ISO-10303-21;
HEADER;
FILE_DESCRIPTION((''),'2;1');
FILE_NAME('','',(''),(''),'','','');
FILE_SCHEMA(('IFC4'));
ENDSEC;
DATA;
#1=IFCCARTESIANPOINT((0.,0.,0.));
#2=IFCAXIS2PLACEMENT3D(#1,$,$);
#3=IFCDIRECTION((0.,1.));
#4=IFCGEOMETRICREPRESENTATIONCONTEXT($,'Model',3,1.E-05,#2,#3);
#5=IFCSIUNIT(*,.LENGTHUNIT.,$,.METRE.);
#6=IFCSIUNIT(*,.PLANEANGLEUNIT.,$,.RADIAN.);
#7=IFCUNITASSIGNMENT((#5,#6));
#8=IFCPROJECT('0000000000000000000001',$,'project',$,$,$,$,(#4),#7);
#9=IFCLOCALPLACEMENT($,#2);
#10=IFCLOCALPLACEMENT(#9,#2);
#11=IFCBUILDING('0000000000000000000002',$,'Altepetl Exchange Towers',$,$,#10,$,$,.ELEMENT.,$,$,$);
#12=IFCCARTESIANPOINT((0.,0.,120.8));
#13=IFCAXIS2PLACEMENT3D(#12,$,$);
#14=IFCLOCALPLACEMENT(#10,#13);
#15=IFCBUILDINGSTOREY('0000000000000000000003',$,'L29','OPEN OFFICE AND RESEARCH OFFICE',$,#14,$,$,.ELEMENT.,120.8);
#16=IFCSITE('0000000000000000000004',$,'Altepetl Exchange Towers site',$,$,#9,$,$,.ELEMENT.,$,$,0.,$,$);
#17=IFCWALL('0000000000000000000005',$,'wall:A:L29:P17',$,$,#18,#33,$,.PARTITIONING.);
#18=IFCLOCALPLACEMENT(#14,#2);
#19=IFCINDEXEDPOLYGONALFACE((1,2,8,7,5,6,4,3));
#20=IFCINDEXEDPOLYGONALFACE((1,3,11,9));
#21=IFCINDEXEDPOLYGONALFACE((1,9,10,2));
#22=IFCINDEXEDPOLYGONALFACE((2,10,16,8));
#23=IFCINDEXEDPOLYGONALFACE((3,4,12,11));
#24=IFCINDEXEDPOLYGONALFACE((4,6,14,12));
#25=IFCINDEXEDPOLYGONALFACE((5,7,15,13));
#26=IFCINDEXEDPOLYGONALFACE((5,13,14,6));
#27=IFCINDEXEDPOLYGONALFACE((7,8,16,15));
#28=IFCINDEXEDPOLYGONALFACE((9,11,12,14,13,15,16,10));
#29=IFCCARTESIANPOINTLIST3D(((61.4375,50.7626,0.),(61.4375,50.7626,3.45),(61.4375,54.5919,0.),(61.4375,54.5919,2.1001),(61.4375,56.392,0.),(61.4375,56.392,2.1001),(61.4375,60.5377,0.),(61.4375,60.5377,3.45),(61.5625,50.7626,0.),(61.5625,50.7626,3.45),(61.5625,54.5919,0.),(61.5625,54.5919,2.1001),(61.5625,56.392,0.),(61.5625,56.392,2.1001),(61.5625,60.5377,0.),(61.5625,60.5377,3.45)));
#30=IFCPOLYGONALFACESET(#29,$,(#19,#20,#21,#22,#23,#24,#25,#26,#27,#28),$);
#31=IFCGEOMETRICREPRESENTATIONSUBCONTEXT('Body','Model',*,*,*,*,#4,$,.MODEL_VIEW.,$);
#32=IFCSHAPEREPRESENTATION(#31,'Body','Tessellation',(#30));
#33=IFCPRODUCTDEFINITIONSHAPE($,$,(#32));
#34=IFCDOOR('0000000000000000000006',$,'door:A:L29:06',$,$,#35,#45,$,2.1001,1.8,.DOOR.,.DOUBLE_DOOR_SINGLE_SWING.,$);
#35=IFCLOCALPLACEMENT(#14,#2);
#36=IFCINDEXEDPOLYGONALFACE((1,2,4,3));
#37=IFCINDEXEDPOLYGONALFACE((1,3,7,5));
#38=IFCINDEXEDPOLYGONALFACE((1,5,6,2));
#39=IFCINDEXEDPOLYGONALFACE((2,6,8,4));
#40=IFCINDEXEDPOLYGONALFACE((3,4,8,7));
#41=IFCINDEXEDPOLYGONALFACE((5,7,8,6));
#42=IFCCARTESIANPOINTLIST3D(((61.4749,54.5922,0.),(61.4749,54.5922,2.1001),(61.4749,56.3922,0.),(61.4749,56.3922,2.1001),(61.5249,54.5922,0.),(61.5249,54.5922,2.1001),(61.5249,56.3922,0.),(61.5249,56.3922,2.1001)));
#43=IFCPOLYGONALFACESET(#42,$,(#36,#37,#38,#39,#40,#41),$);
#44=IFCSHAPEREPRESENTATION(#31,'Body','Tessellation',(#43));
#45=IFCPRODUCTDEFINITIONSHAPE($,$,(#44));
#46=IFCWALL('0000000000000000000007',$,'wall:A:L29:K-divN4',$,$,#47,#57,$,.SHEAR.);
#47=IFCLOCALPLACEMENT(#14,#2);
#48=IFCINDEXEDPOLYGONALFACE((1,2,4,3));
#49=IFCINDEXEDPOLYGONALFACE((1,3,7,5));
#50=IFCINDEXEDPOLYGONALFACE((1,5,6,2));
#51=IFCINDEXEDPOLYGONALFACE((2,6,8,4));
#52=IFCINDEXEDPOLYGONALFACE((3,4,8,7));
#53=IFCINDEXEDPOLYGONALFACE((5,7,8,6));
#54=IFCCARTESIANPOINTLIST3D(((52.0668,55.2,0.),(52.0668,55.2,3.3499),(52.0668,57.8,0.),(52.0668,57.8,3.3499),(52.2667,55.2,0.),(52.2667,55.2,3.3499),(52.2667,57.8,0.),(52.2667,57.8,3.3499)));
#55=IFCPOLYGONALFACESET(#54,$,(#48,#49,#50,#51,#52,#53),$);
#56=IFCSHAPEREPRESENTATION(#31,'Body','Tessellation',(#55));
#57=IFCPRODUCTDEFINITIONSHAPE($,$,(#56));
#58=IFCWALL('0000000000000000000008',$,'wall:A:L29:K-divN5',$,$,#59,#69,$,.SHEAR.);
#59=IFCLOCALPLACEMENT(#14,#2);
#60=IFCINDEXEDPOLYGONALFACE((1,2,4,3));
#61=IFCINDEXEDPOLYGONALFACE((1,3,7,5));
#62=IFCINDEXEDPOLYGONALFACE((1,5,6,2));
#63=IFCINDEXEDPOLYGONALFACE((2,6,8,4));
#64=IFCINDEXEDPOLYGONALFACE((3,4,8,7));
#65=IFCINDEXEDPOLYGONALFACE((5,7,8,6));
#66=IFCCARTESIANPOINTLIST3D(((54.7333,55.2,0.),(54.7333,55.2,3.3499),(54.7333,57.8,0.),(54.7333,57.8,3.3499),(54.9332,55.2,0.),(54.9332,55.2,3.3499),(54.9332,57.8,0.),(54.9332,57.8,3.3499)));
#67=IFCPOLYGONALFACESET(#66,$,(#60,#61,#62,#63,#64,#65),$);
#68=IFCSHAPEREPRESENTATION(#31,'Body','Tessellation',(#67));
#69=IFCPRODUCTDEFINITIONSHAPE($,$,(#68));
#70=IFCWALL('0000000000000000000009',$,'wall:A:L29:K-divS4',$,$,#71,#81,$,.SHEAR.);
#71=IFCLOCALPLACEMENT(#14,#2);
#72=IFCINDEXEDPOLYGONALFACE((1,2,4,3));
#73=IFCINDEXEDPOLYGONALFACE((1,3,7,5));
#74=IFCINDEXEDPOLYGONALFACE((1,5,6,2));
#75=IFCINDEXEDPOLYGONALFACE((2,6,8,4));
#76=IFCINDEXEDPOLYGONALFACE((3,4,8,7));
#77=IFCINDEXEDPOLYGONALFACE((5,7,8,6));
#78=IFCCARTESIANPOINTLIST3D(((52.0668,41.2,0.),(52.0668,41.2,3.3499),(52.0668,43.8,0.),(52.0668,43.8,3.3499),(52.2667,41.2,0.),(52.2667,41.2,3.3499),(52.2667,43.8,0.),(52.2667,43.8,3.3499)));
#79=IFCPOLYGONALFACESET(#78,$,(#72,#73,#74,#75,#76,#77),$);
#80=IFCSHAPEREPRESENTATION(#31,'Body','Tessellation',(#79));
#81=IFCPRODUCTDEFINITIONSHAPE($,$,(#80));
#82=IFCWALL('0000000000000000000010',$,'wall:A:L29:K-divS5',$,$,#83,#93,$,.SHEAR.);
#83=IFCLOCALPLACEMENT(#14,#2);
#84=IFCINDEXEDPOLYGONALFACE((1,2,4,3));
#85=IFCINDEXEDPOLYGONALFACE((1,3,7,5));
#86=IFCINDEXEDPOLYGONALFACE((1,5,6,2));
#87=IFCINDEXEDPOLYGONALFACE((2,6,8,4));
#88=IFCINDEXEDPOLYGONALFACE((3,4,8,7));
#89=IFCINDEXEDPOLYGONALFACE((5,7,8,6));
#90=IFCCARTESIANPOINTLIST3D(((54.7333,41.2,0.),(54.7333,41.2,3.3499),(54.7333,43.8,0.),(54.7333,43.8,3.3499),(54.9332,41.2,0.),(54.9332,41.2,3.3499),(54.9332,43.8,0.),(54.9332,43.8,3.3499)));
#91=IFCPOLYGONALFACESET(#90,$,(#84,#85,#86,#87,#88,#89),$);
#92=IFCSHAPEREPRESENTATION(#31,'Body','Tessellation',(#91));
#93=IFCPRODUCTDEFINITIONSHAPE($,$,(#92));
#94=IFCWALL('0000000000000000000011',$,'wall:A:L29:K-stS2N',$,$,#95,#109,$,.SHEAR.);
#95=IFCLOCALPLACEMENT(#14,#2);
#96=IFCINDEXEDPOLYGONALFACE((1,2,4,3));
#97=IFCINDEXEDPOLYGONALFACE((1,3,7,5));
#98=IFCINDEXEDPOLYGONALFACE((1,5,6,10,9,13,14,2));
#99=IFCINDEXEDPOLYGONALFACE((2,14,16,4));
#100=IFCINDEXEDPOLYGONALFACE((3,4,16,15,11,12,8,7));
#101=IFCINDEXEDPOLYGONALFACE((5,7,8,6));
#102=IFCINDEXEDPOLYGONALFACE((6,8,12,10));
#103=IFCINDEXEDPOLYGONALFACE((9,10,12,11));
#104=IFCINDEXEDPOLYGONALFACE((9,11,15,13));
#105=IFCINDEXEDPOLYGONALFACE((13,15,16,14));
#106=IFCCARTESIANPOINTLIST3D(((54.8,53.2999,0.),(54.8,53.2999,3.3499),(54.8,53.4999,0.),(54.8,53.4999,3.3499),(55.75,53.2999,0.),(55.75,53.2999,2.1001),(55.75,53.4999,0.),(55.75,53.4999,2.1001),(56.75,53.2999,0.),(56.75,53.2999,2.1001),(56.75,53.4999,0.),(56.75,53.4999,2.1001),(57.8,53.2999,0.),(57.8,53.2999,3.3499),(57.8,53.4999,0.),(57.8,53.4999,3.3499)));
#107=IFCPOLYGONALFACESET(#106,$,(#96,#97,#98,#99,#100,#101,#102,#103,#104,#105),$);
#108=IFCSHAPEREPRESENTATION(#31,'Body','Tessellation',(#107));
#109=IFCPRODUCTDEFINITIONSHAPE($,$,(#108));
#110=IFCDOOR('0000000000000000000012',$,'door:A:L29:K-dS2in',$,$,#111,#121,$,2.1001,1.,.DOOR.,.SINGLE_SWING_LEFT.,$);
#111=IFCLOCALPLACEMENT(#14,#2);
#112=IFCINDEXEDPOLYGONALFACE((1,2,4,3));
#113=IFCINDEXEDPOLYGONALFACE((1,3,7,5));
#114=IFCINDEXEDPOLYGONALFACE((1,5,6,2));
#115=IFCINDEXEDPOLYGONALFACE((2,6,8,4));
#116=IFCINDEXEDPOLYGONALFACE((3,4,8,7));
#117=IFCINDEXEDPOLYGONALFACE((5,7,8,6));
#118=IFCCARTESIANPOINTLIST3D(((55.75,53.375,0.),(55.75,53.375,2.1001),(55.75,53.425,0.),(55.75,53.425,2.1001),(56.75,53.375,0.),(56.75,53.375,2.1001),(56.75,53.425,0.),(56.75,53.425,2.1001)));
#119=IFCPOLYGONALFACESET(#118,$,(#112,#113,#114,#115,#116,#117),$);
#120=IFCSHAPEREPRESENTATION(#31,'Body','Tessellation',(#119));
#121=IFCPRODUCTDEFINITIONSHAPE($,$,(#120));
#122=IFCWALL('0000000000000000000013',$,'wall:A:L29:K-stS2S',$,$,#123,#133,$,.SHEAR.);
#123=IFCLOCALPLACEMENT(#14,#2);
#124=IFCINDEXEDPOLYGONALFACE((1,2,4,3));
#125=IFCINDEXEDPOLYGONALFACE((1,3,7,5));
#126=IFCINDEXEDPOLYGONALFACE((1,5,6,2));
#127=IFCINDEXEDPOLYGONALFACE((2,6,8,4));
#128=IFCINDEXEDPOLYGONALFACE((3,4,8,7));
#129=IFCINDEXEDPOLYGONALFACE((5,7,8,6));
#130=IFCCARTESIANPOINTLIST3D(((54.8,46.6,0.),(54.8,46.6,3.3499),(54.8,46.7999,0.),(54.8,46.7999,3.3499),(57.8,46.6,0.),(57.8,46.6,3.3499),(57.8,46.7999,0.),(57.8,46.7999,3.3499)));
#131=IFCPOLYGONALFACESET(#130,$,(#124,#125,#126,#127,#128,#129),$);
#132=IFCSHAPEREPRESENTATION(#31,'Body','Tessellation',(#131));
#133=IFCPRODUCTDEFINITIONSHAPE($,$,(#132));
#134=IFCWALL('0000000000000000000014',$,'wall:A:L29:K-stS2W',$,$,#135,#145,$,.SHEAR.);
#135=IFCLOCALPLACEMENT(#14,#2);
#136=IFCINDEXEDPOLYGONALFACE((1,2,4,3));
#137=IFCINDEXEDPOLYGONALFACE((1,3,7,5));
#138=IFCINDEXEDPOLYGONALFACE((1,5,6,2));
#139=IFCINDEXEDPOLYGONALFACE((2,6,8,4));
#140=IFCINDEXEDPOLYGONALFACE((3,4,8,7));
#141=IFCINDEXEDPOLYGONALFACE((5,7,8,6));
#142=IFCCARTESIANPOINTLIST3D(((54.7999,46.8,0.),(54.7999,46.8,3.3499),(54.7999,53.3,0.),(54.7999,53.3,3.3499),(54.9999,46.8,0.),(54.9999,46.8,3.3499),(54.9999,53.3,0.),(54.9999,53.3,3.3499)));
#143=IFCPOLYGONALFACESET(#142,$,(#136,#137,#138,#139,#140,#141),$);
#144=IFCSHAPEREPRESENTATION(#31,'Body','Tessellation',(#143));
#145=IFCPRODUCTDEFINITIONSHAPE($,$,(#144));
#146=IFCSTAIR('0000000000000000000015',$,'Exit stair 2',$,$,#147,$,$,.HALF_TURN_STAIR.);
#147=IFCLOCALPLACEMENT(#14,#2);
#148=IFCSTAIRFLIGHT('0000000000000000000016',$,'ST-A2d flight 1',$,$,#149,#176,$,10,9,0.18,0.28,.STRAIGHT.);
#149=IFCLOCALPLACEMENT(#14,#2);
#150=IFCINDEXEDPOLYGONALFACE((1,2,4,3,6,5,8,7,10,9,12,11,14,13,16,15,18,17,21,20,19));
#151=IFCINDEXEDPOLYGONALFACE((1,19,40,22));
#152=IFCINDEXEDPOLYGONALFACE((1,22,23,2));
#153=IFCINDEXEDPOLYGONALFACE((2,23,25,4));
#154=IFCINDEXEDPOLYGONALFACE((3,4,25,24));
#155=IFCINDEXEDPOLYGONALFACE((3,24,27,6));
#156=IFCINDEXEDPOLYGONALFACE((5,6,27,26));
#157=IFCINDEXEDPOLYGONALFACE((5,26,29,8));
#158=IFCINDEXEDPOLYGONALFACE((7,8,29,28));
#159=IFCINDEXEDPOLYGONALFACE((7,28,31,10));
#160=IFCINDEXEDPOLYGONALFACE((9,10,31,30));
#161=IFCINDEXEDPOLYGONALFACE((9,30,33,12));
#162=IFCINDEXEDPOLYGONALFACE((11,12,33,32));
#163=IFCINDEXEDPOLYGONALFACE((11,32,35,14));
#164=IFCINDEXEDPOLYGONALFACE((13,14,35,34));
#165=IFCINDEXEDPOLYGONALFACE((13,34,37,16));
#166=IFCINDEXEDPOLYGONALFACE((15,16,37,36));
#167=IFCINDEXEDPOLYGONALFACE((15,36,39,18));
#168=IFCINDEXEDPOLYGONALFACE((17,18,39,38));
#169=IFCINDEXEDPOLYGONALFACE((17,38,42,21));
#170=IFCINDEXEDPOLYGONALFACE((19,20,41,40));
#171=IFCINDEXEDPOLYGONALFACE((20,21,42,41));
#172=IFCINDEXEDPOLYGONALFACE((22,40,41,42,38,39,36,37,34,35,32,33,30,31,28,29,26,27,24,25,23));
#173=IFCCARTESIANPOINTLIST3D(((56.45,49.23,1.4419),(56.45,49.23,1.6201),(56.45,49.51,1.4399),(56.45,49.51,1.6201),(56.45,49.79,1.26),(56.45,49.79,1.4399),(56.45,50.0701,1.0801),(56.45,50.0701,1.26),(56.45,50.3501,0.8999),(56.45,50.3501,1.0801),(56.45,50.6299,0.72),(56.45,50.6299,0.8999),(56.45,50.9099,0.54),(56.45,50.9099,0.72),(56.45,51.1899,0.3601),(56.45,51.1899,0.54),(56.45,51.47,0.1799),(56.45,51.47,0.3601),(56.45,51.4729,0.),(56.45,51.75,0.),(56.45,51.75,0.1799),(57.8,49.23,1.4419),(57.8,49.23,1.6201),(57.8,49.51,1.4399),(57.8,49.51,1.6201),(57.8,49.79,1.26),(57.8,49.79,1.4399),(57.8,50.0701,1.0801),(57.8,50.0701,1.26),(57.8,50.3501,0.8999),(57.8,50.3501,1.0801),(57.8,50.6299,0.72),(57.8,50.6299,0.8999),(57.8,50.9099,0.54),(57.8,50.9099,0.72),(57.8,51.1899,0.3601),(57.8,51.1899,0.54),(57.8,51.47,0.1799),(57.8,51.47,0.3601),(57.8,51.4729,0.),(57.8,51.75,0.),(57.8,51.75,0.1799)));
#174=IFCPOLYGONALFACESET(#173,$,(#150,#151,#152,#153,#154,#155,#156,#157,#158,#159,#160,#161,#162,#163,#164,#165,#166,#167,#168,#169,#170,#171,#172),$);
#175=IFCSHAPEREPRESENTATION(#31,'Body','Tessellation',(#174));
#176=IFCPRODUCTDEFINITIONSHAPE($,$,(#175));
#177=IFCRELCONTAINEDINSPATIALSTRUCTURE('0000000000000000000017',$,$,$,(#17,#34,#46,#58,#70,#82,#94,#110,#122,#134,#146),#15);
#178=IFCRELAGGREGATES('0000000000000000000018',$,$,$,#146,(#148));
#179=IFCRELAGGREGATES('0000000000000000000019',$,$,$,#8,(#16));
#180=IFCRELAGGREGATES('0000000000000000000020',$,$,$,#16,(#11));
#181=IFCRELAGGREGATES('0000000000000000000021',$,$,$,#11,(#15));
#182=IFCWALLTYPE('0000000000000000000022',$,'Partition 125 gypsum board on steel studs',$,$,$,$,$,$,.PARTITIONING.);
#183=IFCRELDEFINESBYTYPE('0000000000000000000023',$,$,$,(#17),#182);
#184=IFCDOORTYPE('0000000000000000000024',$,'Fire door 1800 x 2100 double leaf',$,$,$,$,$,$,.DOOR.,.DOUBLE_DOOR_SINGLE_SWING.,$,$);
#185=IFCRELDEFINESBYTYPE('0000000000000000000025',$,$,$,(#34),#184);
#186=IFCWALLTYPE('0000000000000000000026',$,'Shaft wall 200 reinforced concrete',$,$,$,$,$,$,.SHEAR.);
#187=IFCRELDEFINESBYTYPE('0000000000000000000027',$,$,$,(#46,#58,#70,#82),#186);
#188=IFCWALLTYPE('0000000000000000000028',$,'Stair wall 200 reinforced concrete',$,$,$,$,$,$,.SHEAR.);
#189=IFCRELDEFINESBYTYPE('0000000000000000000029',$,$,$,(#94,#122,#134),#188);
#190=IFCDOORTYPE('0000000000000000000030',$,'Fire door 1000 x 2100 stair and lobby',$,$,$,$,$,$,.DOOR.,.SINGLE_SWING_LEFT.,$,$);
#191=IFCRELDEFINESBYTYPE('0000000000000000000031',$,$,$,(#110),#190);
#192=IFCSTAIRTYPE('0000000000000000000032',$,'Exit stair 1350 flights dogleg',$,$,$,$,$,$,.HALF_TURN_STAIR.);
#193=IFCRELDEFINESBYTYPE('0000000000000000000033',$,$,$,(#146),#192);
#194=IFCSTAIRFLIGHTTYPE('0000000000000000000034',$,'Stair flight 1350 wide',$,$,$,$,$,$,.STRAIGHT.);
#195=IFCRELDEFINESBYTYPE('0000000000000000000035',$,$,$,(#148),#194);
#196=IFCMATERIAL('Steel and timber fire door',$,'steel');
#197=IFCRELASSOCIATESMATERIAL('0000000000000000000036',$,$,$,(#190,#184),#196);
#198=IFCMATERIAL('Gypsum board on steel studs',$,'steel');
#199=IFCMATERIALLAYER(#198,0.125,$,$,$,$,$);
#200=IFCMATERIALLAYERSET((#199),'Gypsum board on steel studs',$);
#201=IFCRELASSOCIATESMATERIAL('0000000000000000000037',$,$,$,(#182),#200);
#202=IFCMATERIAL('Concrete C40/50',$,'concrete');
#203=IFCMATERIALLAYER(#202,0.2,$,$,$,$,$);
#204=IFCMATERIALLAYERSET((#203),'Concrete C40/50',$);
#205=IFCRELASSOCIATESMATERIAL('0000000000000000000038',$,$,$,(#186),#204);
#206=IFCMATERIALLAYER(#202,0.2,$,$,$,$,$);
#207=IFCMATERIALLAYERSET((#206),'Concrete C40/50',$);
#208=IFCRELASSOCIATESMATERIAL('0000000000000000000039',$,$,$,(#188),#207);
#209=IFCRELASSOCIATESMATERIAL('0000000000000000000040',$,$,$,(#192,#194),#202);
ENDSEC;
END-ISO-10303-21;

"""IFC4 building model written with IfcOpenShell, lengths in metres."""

from ifc_helpers import new_model, si_unit, direction, frame, frame_2d, origin, place, context, subcontext, project, spatial, polyline, rectangle, outline, extrude, material, layer, layer_set, type_object, element, fill, aggregate, save


model = new_model("IFC4")

# Units and contexts
model_context = context("Model", 3, precision=1e-05, world=origin(), true_north=direction((0.0, 1.0)))
body_context = subcontext(model_context, "Body", "Model", "MODEL_VIEW")
ifc_project = project(units=[si_unit("LENGTHUNIT", "METRE"), si_unit("PLANEANGLEUNIT", "RADIAN")], contexts=[model_context])

# Site, building, storey
site_placement = place(None, origin())
site = spatial("IfcSite", under=ifc_project, at=site_placement, Name="Altepetl Exchange Towers site", CompositionType="ELEMENT", RefElevation=0.0)
building_placement = place(site_placement, origin())
building = spatial("IfcBuilding", under=site, at=building_placement, Name="Altepetl Exchange Towers", CompositionType="ELEMENT")
storey_placement = place(building_placement, frame((0.0, 0.0, 120.8)))
storey = spatial("IfcBuildingStorey", under=building, at=storey_placement, Name="L29", Description="OPEN OFFICE AND RESEARCH OFFICE", CompositionType="ELEMENT", Elevation=120.8)

# Shared definitions
ifc_material_1 = material(Name="Steel and timber fire door", Category="steel")
door_type_1 = type_object("IfcDoorType", Name="Fire door 1000 x 2100 stair and lobby", OperationType="SINGLE_SWING_LEFT", PredefinedType="DOOR", material=ifc_material_1)

# Shared definitions
ifc_material_2 = material(Name="Gypsum board on steel studs", Category="steel")
ifc_layer_1 = layer(ifc_material_2, 0.125)
ifc_layer_set_1 = layer_set([ifc_layer_1], Name="Gypsum board on steel studs")
wall_type_1 = type_object("IfcWallType", Name="Partition 125 gypsum board on steel studs", PredefinedType="PARTITIONING", material=ifc_layer_set_1)

# Wall, opening, door
wall_1_placement = place(storey_placement, frame((61.5, 50.7625, 0.0), z_axis=(0.0, 0.0, 1.0), x_axis=(0.0, 1.0, 0.0)))
wall_1 = element("IfcWall", 1, at=wall_1_placement, inside=storey, type_object=wall_type_1, Name="wall:A:L29:P17", PredefinedType="PARTITIONING", context=body_context, shape_type="SweptSolid", body=[
    extrude(rectangle(XDim=9.7751, YDim=0.125, at=frame_2d((4.8877, 0.0))), origin(), (0.0, 0.0, 1.0), 3.45),
])
opening_1_placement = place(wall_1_placement, frame((3.8296, 0.0, 0.0)))
opening_1 = element("IfcOpeningElement", 2, at=opening_1_placement, cuts=wall_1, PredefinedType="OPENING", context=body_context, shape_type="SweptSolid", body=[
    extrude(rectangle(XDim=1.8, YDim=2.1001, at=frame_2d((0.8999, 1.05))), frame((0.0, 0.0725, 0.0), z_axis=(0.0, -1.0, 0.0), x_axis=(1.0, 0.0, 0.0)), (0.0, 0.0, 1.0), 0.145),
])
door_type_2 = type_object("IfcDoorType", Name="Fire door 1800 x 2100 double leaf", OperationType="DOUBLE_DOOR_SINGLE_SWING", PredefinedType="DOOR", material=ifc_material_1)
door_1_placement = place(opening_1_placement, frame((1.8, 0.0, 0.0), x_axis=(-1.0, 0.0, 0.0)))
door_1 = element("IfcDoor", 3, at=door_1_placement, inside=storey, type_object=door_type_2, Name="door:A:L29:06", OperationType="DOUBLE_DOOR_SINGLE_SWING", OverallHeight=2.1001, OverallWidth=1.8, PredefinedType="DOOR", context=body_context, shape_type="SweptSolid", body=[
    extrude(rectangle(XDim=1.8, YDim=2.1001, at=frame_2d((0.8999, 1.05))), frame((0.0, 0.0249, 0.0), z_axis=(0.0, -1.0, 0.0), x_axis=(1.0, 0.0, 0.0)), (0.0, 0.0, 1.0), 0.05),
])
fill(opening_1, door_1)

# Walls
ifc_material_3 = material(Name="Concrete C40/50", Category="concrete")
ifc_layer_2 = layer(ifc_material_3, 0.2)
ifc_layer_set_2 = layer_set([ifc_layer_2], Name="Concrete C40/50")
wall_type_2 = type_object("IfcWallType", Name="Shaft wall 200 reinforced concrete", PredefinedType="SHEAR", material=ifc_layer_set_2)
for number, where, z_axis, x_axis, name in (
    (4, (52.1667, 57.8, 0.0), (0.0, 0.0, 1.0), (0.0, -1.0, 0.0), "wall:A:L29:K-divN4"),
    (5, (54.8333, 57.8, 0.0), (0.0, 0.0, 1.0), (0.0, -1.0, 0.0), "wall:A:L29:K-divN5"),
    (6, (52.1667, 41.2, 0.0), (0.0, 0.0, 1.0), (0.0, 1.0, 0.0), "wall:A:L29:K-divS4"),
    (7, (54.8333, 41.2, 0.0), (0.0, 0.0, 1.0), (0.0, 1.0, 0.0), "wall:A:L29:K-divS5"),
):
    element("IfcWall", number, at=place(storey_placement, frame(where, z_axis=z_axis, x_axis=x_axis)), inside=storey, type_object=wall_type_2, Name=name, PredefinedType="SHEAR", context=body_context, shape_type="SweptSolid", body=[
        extrude(rectangle(XDim=2.6001, YDim=0.2, at=frame_2d((1.3, 0.0))), origin(), (0.0, 0.0, 1.0), 3.3499),
    ])

# Wall, opening, door
ifc_layer_3 = layer(ifc_material_3, 0.2)
ifc_layer_set_3 = layer_set([ifc_layer_3], Name="Concrete C40/50")
wall_type_3 = type_object("IfcWallType", Name="Stair wall 200 reinforced concrete", PredefinedType="SHEAR", material=ifc_layer_set_3)
wall_2_placement = place(storey_placement, frame((54.8, 53.3999, 0.0)))
wall_2 = element("IfcWall", 8, at=wall_2_placement, inside=storey, type_object=wall_type_3, Name="wall:A:L29:K-stS2N", PredefinedType="SHEAR", context=body_context, shape_type="SweptSolid", body=[
    extrude(rectangle(XDim=3.0, YDim=0.2, at=frame_2d((1.5, 0.0))), origin(), (0.0, 0.0, 1.0), 3.3499),
])
opening_2_placement = place(wall_2_placement, frame((0.95, 0.0, 0.0)))
opening_2 = element("IfcOpeningElement", 9, at=opening_2_placement, cuts=wall_2, PredefinedType="OPENING", context=body_context, shape_type="SweptSolid", body=[
    extrude(rectangle(XDim=1.0, YDim=2.1001, at=frame_2d((0.5, 1.05))), frame((0.0, 0.1099, 0.0), z_axis=(0.0, -1.0, 0.0), x_axis=(1.0, 0.0, 0.0)), (0.0, 0.0, 1.0), 0.22),
])
door_2_placement = place(opening_2_placement, frame((1.0, 0.0, 0.0), x_axis=(-1.0, 0.0, 0.0)))
door_2 = element("IfcDoor", 10, at=door_2_placement, inside=storey, type_object=door_type_1, Name="door:A:L29:K-dS2in", OperationType="SINGLE_SWING_LEFT", OverallHeight=2.1001, OverallWidth=1.0, PredefinedType="DOOR", context=body_context, shape_type="SweptSolid", body=[
    extrude(rectangle(XDim=1.0, YDim=2.1001, at=frame_2d((0.5, 1.05))), frame((0.0, 0.0249, 0.0), z_axis=(0.0, -1.0, 0.0), x_axis=(1.0, 0.0, 0.0)), (0.0, 0.0, 1.0), 0.05),
])
fill(opening_2, door_2)

# Walls
wall_3_placement = place(storey_placement, frame((54.8, 46.7, 0.0)))
element("IfcWall", 11, at=wall_3_placement, inside=storey, type_object=wall_type_3, Name="wall:A:L29:K-stS2S", PredefinedType="SHEAR", context=body_context, shape_type="SweptSolid", body=[
    extrude(rectangle(XDim=3.0, YDim=0.2, at=frame_2d((1.5, 0.0))), origin(), (0.0, 0.0, 1.0), 3.3499),
])
wall_4_placement = place(storey_placement, frame((54.8999, 46.8, 0.0), z_axis=(0.0, 0.0, 1.0), x_axis=(0.0, 1.0, 0.0)))
element("IfcWall", 12, at=wall_4_placement, inside=storey, type_object=wall_type_3, Name="wall:A:L29:K-stS2W", PredefinedType="SHEAR", context=body_context, shape_type="SweptSolid", body=[
    extrude(rectangle(XDim=6.5, YDim=0.2, at=frame_2d((3.25, 0.0))), origin(), (0.0, 0.0, 1.0), 3.3499),
])

# Stair, stair flight
stair_type = type_object("IfcStairType", Name="Exit stair 1350 flights dogleg", PredefinedType="HALF_TURN_STAIR", material=ifc_material_3)
stair_placement = place(storey_placement, origin())
stair = element("IfcStair", 13, at=stair_placement, inside=storey, type_object=stair_type, Name="Exit stair 2", PredefinedType="HALF_TURN_STAIR")
stair_flight_type = type_object("IfcStairFlightType", Name="Stair flight 1350 wide", PredefinedType="STRAIGHT", material=ifc_material_3)
stair_flight_1_placement = place(storey_placement, frame((57.125, 51.75, 0.0), z_axis=(0.0, 0.0, 1.0), x_axis=(0.0, -1.0, 0.0)))
stair_flight_1 = element("IfcStairFlight", 14, at=stair_flight_1_placement, type_object=stair_flight_type, Name="ST-A2d flight 1", NumberOfRisers=10, NumberOfTreads=9, PredefinedType="STRAIGHT", RiserHeight=0.18, TreadLength=0.28, context=body_context, shape_type="SweptSolid", body=[
    extrude(outline(polyline([(0.0, 0.0), (0.0, 0.1799), (0.28, 0.1799), (0.28, 0.3601), (0.5601, 0.3601), (0.5601, 0.54), (0.8401, 0.54), (0.8401, 0.72), (1.1201, 0.72), (1.1201, 0.8999), (1.3999, 0.8999), (1.3999, 1.0801), (1.6799, 1.0801), (1.6799, 1.26), (1.96, 1.26), (1.96, 1.4399), (2.24, 1.4399), (2.24, 1.6201), (2.52, 1.6201), (2.52, 1.8), (2.52, 1.4419), (0.2771, 0.0), (0.0, 0.0)])), frame((0.0, 0.675, 0.0), z_axis=(0.0, -1.0, 0.0), x_axis=(1.0, 0.0, 0.0)), (0.0, 0.0, 1.0), 1.3501),
])
aggregate(stair, [stair_flight_1])

save(model, "model.ifc")
